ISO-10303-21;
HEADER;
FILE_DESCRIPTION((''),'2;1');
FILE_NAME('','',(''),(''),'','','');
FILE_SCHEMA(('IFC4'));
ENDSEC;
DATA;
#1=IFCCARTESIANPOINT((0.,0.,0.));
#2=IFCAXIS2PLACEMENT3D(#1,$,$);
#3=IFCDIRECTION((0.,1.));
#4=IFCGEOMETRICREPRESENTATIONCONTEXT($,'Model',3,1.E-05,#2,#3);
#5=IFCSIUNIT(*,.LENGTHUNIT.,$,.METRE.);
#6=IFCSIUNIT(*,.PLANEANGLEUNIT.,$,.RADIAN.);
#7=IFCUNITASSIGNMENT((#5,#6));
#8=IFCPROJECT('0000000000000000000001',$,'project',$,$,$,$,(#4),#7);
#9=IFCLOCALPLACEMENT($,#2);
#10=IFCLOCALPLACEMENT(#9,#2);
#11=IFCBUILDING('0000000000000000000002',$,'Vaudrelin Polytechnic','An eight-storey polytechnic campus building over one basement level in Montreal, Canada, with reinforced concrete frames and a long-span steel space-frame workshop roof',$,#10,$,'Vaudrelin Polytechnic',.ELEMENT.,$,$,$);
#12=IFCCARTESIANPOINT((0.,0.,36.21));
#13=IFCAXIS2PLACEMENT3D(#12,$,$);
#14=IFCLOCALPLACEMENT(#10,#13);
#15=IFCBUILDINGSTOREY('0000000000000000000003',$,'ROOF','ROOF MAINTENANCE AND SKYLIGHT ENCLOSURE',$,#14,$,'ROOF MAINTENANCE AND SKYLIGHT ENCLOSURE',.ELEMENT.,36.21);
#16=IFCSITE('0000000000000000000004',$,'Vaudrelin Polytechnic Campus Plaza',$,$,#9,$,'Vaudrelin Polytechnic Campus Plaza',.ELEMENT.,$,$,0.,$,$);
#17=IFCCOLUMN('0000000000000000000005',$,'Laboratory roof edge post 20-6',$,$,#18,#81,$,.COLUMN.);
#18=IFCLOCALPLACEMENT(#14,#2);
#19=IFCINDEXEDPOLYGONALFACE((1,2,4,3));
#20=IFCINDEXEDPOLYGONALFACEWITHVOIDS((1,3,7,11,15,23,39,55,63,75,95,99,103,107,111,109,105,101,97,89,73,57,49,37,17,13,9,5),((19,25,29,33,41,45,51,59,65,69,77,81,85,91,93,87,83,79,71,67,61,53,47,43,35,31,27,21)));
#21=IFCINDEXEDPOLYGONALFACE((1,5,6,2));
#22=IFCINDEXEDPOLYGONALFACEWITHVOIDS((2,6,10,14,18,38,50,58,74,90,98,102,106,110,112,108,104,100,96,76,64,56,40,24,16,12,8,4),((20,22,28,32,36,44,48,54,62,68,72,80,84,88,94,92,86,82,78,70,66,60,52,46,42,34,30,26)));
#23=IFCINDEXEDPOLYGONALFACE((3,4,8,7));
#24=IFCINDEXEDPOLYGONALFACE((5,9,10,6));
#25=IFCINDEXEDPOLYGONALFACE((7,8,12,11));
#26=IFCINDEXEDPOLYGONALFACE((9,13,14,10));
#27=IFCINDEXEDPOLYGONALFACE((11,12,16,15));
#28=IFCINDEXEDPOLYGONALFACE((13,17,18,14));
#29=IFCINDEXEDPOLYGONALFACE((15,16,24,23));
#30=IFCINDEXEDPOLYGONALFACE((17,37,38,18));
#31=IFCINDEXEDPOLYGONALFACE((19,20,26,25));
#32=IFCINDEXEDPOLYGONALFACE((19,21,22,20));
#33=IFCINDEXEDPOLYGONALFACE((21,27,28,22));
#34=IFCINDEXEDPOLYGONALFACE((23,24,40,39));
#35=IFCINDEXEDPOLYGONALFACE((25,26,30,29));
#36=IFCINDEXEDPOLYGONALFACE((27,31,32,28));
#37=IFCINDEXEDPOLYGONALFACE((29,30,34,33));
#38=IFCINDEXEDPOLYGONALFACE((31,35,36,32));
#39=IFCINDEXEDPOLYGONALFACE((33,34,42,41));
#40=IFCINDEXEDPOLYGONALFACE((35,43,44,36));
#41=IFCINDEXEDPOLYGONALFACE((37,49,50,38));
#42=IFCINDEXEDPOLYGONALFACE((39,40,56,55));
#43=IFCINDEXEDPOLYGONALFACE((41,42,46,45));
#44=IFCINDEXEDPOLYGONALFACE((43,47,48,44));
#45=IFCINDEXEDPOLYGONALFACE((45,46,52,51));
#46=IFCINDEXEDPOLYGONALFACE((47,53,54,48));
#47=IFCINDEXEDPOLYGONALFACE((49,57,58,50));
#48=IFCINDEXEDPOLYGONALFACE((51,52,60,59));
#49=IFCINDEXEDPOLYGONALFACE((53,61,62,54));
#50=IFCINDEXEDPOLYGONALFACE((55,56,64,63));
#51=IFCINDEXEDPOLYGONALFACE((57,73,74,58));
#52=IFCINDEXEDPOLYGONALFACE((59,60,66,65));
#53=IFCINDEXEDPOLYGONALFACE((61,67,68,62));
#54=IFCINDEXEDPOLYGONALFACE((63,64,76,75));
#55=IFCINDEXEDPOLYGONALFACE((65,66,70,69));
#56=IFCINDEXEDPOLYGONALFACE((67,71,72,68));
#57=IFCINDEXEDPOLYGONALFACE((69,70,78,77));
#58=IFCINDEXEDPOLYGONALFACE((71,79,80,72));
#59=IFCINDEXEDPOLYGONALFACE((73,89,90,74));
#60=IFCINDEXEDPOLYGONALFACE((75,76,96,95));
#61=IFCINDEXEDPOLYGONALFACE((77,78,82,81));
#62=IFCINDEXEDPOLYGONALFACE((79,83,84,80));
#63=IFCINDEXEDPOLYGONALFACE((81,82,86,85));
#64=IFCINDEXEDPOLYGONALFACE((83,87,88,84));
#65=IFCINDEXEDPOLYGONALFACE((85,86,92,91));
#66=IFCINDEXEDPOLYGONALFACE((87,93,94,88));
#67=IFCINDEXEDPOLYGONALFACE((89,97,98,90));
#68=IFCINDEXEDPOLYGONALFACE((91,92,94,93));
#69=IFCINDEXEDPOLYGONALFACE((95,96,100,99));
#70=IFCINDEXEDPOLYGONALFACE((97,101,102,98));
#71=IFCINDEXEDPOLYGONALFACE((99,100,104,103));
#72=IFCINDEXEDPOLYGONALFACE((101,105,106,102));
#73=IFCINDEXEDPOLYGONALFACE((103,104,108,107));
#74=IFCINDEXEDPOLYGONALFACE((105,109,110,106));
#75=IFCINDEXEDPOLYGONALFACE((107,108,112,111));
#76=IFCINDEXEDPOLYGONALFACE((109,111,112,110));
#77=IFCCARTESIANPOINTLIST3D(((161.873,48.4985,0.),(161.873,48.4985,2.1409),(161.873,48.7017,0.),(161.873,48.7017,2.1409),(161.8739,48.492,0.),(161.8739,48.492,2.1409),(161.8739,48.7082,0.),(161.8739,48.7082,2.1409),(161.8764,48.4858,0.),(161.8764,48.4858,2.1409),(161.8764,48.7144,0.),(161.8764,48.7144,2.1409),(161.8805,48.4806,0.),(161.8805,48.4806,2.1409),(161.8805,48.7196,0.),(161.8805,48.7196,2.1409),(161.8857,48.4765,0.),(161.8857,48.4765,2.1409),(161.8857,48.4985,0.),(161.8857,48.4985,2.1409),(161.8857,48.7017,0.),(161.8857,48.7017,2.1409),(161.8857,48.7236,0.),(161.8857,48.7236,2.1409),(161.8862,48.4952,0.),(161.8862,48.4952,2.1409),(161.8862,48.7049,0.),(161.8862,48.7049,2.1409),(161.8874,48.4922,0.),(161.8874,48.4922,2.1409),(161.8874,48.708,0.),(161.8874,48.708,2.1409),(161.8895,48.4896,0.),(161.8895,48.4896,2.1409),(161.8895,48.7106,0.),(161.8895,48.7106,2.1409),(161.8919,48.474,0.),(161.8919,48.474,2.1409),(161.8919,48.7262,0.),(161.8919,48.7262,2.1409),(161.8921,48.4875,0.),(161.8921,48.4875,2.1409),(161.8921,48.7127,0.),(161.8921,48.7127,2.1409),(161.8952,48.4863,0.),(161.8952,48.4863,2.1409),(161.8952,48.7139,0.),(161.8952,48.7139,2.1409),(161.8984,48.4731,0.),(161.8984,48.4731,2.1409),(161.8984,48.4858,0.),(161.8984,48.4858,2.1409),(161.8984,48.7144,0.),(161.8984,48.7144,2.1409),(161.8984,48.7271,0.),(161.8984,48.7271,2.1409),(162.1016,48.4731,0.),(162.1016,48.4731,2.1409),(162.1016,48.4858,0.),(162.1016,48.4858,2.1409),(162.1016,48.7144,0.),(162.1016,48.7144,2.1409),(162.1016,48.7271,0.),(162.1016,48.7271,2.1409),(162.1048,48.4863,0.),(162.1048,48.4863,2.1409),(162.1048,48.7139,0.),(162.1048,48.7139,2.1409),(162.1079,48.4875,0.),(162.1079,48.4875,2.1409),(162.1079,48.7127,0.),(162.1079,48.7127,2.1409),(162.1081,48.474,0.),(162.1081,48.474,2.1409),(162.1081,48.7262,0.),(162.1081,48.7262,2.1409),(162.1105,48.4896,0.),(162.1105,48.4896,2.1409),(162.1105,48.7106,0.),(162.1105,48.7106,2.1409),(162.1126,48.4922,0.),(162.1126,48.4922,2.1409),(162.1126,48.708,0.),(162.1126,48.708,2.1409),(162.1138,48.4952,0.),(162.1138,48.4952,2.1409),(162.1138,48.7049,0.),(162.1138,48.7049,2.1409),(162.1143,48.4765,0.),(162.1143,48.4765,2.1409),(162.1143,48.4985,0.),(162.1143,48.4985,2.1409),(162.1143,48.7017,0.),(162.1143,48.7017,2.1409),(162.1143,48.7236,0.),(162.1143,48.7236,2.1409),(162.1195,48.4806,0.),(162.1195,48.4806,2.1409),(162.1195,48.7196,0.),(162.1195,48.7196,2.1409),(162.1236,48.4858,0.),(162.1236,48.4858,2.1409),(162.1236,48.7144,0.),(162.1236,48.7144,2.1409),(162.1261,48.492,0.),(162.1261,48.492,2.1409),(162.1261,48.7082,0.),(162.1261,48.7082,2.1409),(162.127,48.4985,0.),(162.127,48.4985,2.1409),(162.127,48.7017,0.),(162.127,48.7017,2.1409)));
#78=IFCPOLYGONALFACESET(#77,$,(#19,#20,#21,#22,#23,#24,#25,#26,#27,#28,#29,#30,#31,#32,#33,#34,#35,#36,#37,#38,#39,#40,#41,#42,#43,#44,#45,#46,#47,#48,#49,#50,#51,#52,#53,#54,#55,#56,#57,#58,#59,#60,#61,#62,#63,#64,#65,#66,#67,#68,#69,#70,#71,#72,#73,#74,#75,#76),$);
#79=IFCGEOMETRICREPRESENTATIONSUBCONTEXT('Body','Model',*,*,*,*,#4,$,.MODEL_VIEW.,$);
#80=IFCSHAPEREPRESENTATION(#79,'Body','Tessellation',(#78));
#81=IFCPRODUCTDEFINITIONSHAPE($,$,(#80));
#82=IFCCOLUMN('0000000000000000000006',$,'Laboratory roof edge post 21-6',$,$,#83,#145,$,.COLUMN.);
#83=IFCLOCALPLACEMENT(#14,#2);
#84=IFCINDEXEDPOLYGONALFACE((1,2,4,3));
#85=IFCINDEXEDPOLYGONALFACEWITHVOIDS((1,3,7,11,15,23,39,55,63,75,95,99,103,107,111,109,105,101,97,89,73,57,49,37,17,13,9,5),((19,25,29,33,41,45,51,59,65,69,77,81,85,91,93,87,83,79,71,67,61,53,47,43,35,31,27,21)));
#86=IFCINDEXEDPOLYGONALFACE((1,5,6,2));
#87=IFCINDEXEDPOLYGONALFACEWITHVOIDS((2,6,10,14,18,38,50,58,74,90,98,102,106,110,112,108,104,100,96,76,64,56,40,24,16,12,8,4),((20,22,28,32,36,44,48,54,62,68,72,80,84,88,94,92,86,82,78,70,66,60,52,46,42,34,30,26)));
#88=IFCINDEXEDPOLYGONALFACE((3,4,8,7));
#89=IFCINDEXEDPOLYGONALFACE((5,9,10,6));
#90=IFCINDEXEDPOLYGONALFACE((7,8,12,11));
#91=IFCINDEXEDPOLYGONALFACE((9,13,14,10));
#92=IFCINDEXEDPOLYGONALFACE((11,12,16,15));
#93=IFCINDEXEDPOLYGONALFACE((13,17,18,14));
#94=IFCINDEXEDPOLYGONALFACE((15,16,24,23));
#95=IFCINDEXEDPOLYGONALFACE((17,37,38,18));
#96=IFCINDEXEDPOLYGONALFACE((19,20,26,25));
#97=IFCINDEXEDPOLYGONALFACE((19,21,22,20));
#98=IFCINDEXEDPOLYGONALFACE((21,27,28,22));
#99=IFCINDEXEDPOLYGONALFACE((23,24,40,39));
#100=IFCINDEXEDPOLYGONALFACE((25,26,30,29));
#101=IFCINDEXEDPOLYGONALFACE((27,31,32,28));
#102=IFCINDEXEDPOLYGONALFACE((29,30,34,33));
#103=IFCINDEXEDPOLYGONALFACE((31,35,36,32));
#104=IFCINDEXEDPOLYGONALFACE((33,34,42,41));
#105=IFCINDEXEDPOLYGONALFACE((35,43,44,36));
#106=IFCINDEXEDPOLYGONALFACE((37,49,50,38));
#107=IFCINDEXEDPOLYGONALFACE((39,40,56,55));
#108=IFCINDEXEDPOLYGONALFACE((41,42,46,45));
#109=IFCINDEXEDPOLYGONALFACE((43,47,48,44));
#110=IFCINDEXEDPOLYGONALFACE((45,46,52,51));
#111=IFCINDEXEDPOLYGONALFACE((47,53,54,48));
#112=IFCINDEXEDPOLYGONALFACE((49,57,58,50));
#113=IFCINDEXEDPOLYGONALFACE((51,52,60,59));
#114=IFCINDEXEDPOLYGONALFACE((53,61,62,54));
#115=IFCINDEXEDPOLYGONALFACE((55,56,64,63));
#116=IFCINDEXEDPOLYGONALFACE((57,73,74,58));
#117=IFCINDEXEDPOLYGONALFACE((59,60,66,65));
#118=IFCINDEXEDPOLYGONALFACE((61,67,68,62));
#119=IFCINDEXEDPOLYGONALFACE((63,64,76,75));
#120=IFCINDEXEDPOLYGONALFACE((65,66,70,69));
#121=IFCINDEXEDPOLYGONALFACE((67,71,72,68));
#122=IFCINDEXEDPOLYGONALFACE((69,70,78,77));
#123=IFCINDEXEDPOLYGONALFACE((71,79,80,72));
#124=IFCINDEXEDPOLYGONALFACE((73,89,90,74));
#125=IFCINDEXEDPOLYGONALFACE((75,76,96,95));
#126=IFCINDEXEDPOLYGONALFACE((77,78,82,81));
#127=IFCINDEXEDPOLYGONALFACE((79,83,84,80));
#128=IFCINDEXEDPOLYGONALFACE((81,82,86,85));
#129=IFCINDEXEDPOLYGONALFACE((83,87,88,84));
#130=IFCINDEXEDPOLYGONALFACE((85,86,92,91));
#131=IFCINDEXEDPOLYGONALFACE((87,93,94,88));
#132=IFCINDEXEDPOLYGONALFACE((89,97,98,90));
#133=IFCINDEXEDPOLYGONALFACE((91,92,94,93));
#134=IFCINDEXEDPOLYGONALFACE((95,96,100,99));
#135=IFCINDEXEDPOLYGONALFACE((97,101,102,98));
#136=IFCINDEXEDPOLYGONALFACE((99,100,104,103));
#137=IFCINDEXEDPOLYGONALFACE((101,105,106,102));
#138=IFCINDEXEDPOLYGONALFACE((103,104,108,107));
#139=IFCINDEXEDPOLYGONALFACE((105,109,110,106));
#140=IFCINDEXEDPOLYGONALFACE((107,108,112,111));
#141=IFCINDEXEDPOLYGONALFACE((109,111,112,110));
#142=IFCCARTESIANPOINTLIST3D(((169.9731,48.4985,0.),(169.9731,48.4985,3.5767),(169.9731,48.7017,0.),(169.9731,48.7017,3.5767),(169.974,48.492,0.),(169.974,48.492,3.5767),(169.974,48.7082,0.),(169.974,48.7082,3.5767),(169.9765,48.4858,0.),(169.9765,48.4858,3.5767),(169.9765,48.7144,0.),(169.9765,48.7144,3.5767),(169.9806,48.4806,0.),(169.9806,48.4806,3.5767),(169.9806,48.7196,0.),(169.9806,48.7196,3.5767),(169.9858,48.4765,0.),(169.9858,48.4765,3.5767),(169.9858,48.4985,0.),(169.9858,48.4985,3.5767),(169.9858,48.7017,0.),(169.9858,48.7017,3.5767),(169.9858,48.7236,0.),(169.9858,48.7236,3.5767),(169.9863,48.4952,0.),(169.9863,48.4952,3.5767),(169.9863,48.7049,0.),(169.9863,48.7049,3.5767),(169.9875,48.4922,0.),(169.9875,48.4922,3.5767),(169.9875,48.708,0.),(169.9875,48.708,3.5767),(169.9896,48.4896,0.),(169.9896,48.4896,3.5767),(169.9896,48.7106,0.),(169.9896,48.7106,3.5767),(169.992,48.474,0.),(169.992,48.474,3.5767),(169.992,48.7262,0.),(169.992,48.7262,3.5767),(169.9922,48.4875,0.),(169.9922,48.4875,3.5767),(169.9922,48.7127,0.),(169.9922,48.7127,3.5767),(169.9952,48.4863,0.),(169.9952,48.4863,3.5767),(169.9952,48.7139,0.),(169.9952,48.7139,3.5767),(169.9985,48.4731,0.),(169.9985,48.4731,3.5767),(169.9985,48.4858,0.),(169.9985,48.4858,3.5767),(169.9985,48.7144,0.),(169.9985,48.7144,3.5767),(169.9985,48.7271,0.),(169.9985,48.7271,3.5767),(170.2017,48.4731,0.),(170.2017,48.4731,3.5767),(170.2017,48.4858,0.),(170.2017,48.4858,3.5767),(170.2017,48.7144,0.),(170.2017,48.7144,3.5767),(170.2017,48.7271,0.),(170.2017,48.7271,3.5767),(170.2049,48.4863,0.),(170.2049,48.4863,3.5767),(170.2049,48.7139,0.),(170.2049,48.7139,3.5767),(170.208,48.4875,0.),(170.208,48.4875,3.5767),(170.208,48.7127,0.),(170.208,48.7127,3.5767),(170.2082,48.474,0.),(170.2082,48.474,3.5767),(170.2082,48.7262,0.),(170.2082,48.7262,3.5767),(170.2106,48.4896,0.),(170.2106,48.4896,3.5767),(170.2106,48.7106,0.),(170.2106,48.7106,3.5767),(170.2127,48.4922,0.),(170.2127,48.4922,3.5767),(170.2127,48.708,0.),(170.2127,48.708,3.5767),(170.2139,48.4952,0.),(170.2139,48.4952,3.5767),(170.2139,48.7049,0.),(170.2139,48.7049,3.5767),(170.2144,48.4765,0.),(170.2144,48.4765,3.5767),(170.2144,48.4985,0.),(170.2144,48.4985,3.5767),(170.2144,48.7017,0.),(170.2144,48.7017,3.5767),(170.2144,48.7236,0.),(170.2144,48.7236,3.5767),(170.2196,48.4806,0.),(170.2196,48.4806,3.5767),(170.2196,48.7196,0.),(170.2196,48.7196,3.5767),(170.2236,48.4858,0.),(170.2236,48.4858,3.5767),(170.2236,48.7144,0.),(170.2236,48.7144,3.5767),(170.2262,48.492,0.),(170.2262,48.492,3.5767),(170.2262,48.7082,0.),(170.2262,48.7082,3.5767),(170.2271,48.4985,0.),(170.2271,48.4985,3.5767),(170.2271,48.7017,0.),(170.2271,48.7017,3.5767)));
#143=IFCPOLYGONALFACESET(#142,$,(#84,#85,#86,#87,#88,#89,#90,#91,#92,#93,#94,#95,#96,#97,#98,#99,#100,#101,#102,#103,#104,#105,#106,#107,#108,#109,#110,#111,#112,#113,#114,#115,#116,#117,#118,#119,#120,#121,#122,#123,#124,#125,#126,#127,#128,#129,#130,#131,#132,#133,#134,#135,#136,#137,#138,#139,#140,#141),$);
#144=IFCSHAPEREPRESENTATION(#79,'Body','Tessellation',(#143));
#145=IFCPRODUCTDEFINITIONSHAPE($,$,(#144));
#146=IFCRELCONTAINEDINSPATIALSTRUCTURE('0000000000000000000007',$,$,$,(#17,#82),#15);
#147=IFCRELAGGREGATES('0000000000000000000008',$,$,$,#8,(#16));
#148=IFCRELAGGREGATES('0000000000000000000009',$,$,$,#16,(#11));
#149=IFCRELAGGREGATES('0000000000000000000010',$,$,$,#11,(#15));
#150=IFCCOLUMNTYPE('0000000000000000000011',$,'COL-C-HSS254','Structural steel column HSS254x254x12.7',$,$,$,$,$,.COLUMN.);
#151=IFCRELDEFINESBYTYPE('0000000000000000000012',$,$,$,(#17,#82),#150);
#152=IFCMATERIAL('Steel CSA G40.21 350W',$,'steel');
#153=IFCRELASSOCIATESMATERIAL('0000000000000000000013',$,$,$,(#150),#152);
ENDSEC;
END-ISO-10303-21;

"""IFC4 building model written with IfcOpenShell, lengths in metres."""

from ifc_helpers import new_model, si_unit, direction, frame, origin, origin_2d, place, context, subcontext, project, spatial, hollow_rectangle, extrude, material, material_profile, profile_set, type_object, element, save


model = new_model("IFC4")

# Units and contexts
model_context = context("Model", 3, precision=1e-05, world=origin(), true_north=direction((0.0, 1.0)))
body_context = subcontext(model_context, "Body", "Model", "MODEL_VIEW")
ifc_project = project(units=[si_unit("LENGTHUNIT", "METRE"), si_unit("PLANEANGLEUNIT", "RADIAN")], contexts=[model_context])

# Site, building, storey
site_placement = place(None, origin())
site = spatial("IfcSite", under=ifc_project, at=site_placement, Name="Vaudrelin Polytechnic Campus Plaza", LongName="Vaudrelin Polytechnic Campus Plaza", CompositionType="ELEMENT", RefElevation=0.0)
building_placement = place(site_placement, origin())
building = spatial("IfcBuilding", under=site, at=building_placement, Name="Vaudrelin Polytechnic", Description="An eight-storey polytechnic campus building over one basement level in Montreal, Canada, with reinforced concrete frames and a long-span steel space-frame workshop roof", LongName="Vaudrelin Polytechnic", CompositionType="ELEMENT")
storey_placement = place(building_placement, frame((0.0, 0.0, 36.21)))
storey = spatial("IfcBuildingStorey", under=building, at=storey_placement, Name="ROOF", Description="ROOF MAINTENANCE AND SKYLIGHT ENCLOSURE", LongName="ROOF MAINTENANCE AND SKYLIGHT ENCLOSURE", CompositionType="ELEMENT", Elevation=36.21)

# Columns
ifc_material_1 = material(Name="Steel CSA G40.21 350W", Category="steel")
ifc_material_profile = material_profile(ifc_material_1, hollow_rectangle(XDim=0.2539, YDim=0.2539, WallThickness=0.0127, InnerFilletRadius=0.0127, OuterFilletRadius=0.0254, at=origin_2d()), Name="HSS254x254x12.7")
ifc_profile_set = profile_set([ifc_material_profile], Name="Steel CSA G40.21 350W")
column_type = type_object("IfcColumnType", Name="COL-C-HSS254", Description="Structural steel column HSS254x254x12.7", PredefinedType="COLUMN", material=ifc_profile_set)
column_1_placement = place(storey_placement, frame((162.0, 48.6001, 0.0), z_axis=(0.0, 0.0, 1.0), x_axis=(1.0, 0.0, 0.0)))
element("IfcColumn", 1, at=column_1_placement, inside=storey, type_object=column_type, Name="Laboratory roof edge post 20-6", PredefinedType="COLUMN", context=body_context, shape_type="SweptSolid", body=[
    extrude(hollow_rectangle(XDim=0.2539, YDim=0.2539, WallThickness=0.0127, InnerFilletRadius=0.0127, OuterFilletRadius=0.0254, at=origin_2d()), origin(), (0.0, 0.0, 1.0), 2.1409),
])
column_2_placement = place(storey_placement, frame((170.1001, 48.6001, 0.0), z_axis=(0.0, 0.0, 1.0), x_axis=(1.0, 0.0, 0.0)))
element("IfcColumn", 2, at=column_2_placement, inside=storey, type_object=column_type, Name="Laboratory roof edge post 21-6", PredefinedType="COLUMN", context=body_context, shape_type="SweptSolid", body=[
    extrude(hollow_rectangle(XDim=0.2539, YDim=0.2539, WallThickness=0.0127, InnerFilletRadius=0.0127, OuterFilletRadius=0.0254, at=origin_2d()), origin(), (0.0, 0.0, 1.0), 3.5767),
])

save(model, "model.ifc")
